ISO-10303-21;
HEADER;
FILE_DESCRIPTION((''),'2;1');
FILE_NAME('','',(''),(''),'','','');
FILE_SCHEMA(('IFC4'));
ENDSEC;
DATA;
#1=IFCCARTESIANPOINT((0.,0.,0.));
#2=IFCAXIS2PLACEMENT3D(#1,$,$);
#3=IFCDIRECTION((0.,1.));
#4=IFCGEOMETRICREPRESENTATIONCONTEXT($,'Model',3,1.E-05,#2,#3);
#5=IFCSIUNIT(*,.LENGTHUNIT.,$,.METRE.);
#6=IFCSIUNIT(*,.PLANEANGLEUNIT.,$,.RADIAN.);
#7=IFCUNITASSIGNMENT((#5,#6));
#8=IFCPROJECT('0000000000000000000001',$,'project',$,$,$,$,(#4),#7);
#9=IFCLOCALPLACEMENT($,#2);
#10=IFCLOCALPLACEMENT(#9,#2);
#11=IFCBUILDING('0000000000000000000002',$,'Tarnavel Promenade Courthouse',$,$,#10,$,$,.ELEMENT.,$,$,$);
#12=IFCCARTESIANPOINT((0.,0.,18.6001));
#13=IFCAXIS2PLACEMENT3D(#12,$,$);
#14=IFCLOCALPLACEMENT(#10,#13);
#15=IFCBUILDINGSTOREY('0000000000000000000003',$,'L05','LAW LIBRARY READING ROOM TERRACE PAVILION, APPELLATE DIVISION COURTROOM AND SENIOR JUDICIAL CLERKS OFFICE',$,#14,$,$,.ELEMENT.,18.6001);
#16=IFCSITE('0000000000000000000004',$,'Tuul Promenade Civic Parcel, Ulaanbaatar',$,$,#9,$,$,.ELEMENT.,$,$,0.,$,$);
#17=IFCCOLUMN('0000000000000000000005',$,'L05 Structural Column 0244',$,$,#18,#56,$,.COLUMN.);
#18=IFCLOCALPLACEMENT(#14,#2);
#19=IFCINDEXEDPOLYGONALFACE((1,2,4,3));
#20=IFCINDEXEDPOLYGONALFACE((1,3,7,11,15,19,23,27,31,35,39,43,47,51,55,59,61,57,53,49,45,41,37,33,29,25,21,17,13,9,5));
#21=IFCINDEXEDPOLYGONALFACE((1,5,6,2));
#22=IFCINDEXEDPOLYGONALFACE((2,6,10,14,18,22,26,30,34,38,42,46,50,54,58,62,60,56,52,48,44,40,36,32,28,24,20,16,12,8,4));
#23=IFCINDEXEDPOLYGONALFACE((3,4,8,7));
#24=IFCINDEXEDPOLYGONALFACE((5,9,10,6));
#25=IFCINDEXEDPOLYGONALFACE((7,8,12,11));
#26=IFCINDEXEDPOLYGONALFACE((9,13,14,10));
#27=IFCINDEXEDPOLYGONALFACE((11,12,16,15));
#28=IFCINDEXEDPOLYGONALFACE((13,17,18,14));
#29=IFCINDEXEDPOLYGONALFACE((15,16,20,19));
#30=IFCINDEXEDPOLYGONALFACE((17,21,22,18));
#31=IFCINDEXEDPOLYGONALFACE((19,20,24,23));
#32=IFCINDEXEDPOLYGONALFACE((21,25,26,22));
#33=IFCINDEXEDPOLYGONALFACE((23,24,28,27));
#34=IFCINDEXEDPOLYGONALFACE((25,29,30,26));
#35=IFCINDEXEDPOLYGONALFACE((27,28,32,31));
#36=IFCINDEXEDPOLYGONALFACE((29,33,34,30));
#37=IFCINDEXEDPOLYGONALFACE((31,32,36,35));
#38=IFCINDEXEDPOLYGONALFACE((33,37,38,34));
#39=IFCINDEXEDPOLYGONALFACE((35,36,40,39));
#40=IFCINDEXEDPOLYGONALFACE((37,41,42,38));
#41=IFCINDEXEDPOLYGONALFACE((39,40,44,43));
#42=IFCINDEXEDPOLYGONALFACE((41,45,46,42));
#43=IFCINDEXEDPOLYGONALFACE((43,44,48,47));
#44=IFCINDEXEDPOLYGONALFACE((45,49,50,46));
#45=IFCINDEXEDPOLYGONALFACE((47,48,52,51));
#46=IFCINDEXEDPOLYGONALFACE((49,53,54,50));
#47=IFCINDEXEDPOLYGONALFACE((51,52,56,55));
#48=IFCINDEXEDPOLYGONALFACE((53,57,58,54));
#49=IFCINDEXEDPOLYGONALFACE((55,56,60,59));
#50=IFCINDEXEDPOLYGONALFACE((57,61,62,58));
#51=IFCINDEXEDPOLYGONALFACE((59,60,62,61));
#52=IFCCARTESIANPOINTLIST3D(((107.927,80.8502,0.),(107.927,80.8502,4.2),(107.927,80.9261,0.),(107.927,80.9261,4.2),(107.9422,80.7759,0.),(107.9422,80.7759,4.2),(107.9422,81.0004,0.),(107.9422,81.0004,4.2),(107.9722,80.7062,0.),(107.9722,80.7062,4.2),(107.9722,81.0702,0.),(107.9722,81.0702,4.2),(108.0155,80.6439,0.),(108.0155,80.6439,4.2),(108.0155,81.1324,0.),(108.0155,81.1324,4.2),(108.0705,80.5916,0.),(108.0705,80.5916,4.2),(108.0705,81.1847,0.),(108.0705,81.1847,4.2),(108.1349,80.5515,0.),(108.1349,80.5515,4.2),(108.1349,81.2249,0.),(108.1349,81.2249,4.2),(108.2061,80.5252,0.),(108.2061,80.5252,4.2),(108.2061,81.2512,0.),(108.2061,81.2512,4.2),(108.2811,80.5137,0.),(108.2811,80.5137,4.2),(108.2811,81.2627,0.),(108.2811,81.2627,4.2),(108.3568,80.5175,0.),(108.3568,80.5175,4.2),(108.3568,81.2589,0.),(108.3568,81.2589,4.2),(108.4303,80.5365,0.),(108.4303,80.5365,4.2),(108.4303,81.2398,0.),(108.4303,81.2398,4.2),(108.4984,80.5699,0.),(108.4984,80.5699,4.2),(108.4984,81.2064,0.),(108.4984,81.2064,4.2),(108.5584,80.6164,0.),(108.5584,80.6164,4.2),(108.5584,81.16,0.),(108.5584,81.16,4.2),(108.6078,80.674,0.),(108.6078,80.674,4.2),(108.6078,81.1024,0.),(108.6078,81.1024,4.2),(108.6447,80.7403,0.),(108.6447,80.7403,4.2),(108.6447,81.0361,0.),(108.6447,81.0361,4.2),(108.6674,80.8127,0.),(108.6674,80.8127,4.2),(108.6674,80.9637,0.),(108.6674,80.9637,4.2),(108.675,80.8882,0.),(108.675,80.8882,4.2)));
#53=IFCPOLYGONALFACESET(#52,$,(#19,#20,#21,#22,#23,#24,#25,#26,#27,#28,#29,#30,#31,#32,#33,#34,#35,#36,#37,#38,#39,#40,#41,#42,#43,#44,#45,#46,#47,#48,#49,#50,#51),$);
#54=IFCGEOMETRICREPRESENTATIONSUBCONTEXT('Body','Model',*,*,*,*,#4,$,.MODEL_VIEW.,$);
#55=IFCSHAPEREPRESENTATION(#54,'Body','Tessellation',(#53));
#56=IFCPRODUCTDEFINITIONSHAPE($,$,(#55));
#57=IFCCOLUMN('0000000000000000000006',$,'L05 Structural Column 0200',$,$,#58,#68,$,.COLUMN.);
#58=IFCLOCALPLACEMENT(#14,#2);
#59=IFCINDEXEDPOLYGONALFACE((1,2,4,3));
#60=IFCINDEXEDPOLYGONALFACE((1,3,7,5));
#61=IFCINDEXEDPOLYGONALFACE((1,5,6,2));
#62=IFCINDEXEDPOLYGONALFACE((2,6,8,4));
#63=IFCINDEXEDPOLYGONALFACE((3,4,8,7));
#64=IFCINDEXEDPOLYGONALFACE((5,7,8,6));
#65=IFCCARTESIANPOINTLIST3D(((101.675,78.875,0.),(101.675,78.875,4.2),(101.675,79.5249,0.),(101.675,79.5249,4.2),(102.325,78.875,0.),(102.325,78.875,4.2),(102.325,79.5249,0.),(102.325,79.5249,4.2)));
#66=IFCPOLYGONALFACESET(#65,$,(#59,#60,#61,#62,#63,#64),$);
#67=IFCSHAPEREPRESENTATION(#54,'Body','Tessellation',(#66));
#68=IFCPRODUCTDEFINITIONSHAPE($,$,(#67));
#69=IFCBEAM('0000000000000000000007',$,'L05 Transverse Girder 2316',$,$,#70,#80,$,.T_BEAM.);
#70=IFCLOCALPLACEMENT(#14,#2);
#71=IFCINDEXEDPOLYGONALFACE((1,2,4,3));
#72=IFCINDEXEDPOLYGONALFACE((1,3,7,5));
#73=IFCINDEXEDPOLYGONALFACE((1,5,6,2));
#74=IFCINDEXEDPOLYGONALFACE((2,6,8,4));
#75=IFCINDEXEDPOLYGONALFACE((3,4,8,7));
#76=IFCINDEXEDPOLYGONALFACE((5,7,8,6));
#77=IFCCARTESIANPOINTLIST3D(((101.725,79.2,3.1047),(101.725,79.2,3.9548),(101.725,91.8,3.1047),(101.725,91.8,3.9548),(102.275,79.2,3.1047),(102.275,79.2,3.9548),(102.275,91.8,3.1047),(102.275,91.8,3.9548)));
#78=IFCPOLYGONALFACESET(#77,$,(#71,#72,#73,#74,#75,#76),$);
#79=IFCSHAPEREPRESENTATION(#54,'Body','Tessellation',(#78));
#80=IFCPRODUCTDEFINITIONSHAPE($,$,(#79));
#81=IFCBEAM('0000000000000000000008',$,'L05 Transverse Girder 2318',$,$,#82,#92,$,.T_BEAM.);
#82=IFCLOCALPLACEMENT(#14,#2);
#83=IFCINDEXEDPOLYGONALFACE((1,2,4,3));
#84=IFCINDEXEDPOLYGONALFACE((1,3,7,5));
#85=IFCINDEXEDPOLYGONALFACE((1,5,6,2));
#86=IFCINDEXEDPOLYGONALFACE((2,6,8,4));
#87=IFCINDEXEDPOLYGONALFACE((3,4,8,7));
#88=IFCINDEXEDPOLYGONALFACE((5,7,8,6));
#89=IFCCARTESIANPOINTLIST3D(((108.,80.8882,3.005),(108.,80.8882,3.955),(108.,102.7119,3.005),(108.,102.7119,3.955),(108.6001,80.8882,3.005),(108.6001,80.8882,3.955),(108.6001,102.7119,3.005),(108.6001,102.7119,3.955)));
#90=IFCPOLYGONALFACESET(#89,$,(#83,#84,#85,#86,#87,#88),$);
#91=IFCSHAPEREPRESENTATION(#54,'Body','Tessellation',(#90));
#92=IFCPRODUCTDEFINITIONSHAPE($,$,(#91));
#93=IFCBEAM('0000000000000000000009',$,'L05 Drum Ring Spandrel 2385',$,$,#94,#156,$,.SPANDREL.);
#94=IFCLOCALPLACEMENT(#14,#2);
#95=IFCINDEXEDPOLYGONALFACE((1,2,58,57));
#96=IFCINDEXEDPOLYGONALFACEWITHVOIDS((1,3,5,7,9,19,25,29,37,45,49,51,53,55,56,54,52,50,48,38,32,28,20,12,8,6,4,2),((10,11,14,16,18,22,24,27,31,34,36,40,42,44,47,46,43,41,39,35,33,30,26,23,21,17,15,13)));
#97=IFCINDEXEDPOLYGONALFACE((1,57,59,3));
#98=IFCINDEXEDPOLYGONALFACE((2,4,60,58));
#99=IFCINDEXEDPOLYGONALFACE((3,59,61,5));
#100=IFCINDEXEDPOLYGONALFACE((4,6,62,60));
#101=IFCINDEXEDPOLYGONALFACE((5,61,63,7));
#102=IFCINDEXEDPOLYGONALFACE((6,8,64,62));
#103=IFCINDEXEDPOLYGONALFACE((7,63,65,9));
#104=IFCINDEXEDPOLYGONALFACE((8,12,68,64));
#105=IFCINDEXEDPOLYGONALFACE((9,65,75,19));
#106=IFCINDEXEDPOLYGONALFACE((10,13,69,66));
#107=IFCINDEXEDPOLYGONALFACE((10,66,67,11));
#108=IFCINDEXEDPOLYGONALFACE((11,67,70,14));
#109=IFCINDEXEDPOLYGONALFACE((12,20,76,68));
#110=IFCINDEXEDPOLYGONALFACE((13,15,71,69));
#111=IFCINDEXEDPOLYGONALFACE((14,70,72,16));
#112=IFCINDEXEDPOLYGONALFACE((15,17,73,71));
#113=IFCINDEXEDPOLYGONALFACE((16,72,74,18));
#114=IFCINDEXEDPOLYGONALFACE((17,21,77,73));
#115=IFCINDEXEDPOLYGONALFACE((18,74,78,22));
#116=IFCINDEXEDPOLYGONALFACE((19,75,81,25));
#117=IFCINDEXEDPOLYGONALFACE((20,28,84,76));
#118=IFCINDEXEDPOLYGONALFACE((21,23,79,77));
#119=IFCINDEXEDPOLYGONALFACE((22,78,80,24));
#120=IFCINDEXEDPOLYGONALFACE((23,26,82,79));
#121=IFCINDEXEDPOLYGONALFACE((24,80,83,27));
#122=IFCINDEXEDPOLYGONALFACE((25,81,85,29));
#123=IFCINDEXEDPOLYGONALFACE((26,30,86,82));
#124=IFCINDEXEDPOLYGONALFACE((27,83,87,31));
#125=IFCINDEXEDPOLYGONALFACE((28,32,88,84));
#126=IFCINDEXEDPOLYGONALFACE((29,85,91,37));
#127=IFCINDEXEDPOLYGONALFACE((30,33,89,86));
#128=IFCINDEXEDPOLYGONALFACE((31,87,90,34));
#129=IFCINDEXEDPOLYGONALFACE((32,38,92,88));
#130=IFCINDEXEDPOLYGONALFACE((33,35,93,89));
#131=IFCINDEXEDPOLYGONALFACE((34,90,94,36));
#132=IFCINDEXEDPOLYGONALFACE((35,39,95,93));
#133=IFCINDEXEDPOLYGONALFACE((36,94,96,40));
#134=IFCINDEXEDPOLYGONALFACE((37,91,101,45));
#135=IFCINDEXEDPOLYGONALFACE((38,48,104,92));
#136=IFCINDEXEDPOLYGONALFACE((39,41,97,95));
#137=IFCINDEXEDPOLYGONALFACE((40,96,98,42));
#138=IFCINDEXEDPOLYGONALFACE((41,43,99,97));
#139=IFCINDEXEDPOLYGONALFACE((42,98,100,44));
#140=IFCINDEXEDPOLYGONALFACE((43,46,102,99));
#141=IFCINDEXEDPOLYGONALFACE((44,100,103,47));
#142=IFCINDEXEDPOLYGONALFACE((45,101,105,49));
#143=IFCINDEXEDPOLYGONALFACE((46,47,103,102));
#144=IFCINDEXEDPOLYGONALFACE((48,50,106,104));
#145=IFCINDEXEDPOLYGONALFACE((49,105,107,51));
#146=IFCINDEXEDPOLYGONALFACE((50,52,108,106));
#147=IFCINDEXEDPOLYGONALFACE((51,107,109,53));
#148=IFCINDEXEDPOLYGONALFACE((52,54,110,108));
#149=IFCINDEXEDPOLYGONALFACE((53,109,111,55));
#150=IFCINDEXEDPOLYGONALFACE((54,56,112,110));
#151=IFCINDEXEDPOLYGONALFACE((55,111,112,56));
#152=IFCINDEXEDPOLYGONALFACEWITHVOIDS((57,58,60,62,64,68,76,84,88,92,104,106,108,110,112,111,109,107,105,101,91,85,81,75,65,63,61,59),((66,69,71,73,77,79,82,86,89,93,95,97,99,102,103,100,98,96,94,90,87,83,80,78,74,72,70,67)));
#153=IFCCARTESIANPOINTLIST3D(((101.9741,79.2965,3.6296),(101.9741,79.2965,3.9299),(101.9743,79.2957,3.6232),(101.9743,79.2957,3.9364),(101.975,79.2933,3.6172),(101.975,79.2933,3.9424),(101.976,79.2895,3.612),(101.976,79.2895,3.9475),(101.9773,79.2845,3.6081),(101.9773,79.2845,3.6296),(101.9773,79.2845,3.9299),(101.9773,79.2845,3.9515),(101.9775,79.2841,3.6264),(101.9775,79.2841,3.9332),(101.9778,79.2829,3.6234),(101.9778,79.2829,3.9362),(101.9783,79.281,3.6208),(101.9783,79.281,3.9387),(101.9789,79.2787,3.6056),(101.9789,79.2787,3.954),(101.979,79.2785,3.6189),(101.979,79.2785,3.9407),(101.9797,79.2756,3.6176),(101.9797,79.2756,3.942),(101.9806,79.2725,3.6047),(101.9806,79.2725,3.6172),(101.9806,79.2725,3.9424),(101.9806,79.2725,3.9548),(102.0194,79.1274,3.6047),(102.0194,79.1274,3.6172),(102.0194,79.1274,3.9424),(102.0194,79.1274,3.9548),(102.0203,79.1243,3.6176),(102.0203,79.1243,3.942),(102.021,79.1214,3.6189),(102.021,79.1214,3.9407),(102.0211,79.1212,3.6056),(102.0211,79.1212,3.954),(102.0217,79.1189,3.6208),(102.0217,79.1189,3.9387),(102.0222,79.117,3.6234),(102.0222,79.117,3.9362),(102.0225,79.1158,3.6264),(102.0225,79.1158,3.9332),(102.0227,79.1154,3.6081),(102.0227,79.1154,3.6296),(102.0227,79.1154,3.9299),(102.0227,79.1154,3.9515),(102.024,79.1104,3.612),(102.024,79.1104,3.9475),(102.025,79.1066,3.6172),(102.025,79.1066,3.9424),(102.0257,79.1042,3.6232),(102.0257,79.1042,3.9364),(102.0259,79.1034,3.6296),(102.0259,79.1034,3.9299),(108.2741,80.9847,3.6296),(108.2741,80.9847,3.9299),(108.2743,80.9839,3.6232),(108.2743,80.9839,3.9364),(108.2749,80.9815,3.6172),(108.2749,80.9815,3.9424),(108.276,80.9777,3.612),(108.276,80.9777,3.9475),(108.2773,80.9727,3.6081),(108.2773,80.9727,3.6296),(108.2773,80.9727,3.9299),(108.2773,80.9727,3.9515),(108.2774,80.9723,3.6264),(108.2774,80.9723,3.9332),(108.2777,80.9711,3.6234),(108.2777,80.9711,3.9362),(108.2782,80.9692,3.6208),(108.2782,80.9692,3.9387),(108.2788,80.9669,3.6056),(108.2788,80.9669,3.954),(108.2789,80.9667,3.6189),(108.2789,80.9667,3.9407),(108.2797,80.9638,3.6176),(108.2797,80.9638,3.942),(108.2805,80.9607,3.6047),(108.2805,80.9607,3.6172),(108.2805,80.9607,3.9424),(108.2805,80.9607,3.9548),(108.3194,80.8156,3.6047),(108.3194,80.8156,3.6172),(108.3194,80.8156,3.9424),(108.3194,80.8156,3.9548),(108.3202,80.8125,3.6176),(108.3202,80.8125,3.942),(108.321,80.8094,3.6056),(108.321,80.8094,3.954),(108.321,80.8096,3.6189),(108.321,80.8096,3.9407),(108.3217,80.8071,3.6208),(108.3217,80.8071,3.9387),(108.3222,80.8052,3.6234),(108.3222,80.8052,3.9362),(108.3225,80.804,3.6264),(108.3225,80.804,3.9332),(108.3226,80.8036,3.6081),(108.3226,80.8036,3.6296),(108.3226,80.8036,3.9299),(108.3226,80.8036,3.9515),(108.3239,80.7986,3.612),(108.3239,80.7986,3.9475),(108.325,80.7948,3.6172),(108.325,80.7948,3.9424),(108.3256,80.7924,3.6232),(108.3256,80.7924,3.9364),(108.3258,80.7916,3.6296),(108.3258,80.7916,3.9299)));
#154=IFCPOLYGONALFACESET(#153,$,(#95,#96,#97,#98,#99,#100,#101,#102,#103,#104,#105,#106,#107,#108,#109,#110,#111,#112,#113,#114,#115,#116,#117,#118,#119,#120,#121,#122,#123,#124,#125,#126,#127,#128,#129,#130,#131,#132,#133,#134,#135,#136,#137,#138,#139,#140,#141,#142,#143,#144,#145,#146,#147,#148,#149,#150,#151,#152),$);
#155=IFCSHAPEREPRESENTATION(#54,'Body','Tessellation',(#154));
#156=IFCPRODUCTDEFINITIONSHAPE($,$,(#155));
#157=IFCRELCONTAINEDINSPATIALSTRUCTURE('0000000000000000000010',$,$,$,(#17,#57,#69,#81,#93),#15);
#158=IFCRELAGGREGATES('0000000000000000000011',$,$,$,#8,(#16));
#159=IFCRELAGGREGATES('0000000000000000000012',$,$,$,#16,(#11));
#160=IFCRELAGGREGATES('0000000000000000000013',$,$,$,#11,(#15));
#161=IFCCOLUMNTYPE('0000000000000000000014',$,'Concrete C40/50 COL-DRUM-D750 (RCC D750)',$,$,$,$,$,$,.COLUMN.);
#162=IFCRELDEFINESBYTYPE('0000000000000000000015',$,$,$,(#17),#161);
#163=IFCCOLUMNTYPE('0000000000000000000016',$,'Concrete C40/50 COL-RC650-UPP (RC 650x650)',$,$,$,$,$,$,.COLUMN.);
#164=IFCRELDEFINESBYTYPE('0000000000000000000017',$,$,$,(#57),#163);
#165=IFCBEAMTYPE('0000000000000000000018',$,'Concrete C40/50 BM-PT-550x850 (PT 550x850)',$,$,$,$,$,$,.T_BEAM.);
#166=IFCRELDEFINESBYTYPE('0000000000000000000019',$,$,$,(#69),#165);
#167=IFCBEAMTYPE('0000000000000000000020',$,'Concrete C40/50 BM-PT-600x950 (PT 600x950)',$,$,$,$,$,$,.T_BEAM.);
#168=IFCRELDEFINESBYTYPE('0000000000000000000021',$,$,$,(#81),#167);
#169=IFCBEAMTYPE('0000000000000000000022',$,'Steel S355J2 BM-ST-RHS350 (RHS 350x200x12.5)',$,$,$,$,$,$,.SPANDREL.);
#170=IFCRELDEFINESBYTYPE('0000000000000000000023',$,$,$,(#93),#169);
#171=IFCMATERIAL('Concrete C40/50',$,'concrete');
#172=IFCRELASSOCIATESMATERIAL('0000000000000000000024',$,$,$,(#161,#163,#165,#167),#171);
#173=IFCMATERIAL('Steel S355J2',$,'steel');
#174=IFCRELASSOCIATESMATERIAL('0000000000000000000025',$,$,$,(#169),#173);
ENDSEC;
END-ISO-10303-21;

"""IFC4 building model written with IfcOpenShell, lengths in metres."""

from ifc_helpers import new_model, si_unit, direction, frame, origin, origin_2d, place, context, subcontext, project, spatial, rectangle, hollow_rectangle, circle, extrude, material, material_profile, profile_set, type_object, element, save


model = new_model("IFC4")

# Units and contexts
model_context = context("Model", 3, precision=1e-05, world=origin(), true_north=direction((0.0, 1.0)))
body_context = subcontext(model_context, "Body", "Model", "MODEL_VIEW")
ifc_project = project(units=[si_unit("LENGTHUNIT", "METRE"), si_unit("PLANEANGLEUNIT", "RADIAN")], contexts=[model_context])

# Site, building, storey
site_placement = place(None, origin())
site = spatial("IfcSite", under=ifc_project, at=site_placement, Name="Tuul Promenade Civic Parcel, Ulaanbaatar", CompositionType="ELEMENT", RefElevation=0.0)
building_placement = place(site_placement, origin())
building = spatial("IfcBuilding", under=site, at=building_placement, Name="Tarnavel Promenade Courthouse", CompositionType="ELEMENT")
storey_placement = place(building_placement, frame((0.0, 0.0, 18.6001)))
storey = spatial("IfcBuildingStorey", under=building, at=storey_placement, Name="L05", Description="LAW LIBRARY READING ROOM TERRACE PAVILION, APPELLATE DIVISION COURTROOM AND SENIOR JUDICIAL CLERKS OFFICE", CompositionType="ELEMENT", Elevation=18.6001)

# Columns
ifc_material_1 = material(Name="Concrete C40/50", Category="concrete")
ifc_material_profile_1 = material_profile(ifc_material_1, circle(Radius=0.375, at=origin_2d()), Name="RCC D750")
ifc_profile_set_1 = profile_set([ifc_material_profile_1], Name="Concrete C40/50")
column_type_1 = type_object("IfcColumnType", Name="Concrete C40/50 COL-DRUM-D750 (RCC D750)", PredefinedType="COLUMN", material=ifc_profile_set_1)
column_1_placement = place(storey_placement, frame((108.3, 80.8882, 0.0), z_axis=(0.0, 0.0, 1.0), x_axis=(1.0, 0.0, 0.0)))
element("IfcColumn", 1, at=column_1_placement, inside=storey, type_object=column_type_1, Name="L05 Structural Column 0244", PredefinedType="COLUMN", context=body_context, shape_type="SweptSolid", body=[
    extrude(circle(Radius=0.375, at=origin_2d()), origin(), (0.0, 0.0, 1.0), 4.2),
])
ifc_material_profile_2 = material_profile(ifc_material_1, rectangle(XDim=0.6499, YDim=0.6499, at=origin_2d()), Name="RC 650x650")
ifc_profile_set_2 = profile_set([ifc_material_profile_2], Name="Concrete C40/50")
column_type_2 = type_object("IfcColumnType", Name="Concrete C40/50 COL-RC650-UPP (RC 650x650)", PredefinedType="COLUMN", material=ifc_profile_set_2)
column_2_placement = place(storey_placement, frame((102.0, 79.2, 0.0), z_axis=(0.0, 0.0, 1.0), x_axis=(1.0, 0.0, 0.0)))
element("IfcColumn", 2, at=column_2_placement, inside=storey, type_object=column_type_2, Name="L05 Structural Column 0200", PredefinedType="COLUMN", context=body_context, shape_type="SweptSolid", body=[
    extrude(rectangle(XDim=0.6499, YDim=0.6499, at=origin_2d()), origin(), (0.0, 0.0, 1.0), 4.2),
])

# Beams
ifc_material_profile_3 = material_profile(ifc_material_1, rectangle(XDim=0.55, YDim=0.8501, at=origin_2d()), Name="PT 550x850")
ifc_profile_set_3 = profile_set([ifc_material_profile_3], Name="Concrete C40/50")
beam_type_1 = type_object("IfcBeamType", Name="Concrete C40/50 BM-PT-550x850 (PT 550x850)", PredefinedType="T_BEAM", material=ifc_profile_set_3)
beam_1_placement = place(storey_placement, frame((102.0, 79.2, 3.5298), z_axis=(0.0, 1.0, 0.0), x_axis=(-1.0, 0.0, 0.0)))
element("IfcBeam", 3, at=beam_1_placement, inside=storey, type_object=beam_type_1, Name="L05 Transverse Girder 2316", PredefinedType="T_BEAM", context=body_context, shape_type="SweptSolid", body=[
    extrude(rectangle(XDim=0.55, YDim=0.8501, at=origin_2d()), origin(), (0.0, 0.0, 1.0), 12.6001),
])
ifc_material_profile_4 = material_profile(ifc_material_1, rectangle(XDim=0.6001, YDim=0.95, at=origin_2d()), Name="PT 600x950")
ifc_profile_set_4 = profile_set([ifc_material_profile_4], Name="Concrete C40/50")
beam_type_2 = type_object("IfcBeamType", Name="Concrete C40/50 BM-PT-600x950 (PT 600x950)", PredefinedType="T_BEAM", material=ifc_profile_set_4)
beam_2_placement = place(storey_placement, frame((108.3, 80.8882, 3.48), z_axis=(0.0, 1.0, 0.0), x_axis=(-1.0, 0.0, 0.0)))
element("IfcBeam", 4, at=beam_2_placement, inside=storey, type_object=beam_type_2, Name="L05 Transverse Girder 2318", PredefinedType="T_BEAM", context=body_context, shape_type="SweptSolid", body=[
    extrude(rectangle(XDim=0.6001, YDim=0.95, at=origin_2d()), origin(), (0.0, 0.0, 1.0), 21.8237),
])
ifc_material_2 = material(Name="Steel S355J2", Category="steel")
ifc_material_profile_5 = material_profile(ifc_material_2, hollow_rectangle(XDim=0.2, YDim=0.3501, WallThickness=0.0125, InnerFilletRadius=0.0125, OuterFilletRadius=0.0249, at=origin_2d()), Name="RHS 350x200x12.5")
ifc_profile_set_5 = profile_set([ifc_material_profile_5], Name="Steel S355J2")
beam_type_3 = type_object("IfcBeamType", Name="Steel S355J2 BM-ST-RHS350 (RHS 350x200x12.5)", PredefinedType="SPANDREL", material=ifc_profile_set_5)
beam_3_placement = place(storey_placement, frame((102.0, 79.2, 3.7798), z_axis=(0.96592, 0.258839, 0.0), x_axis=(-0.258839, 0.96592, 0.0)))
element("IfcBeam", 5, at=beam_3_placement, inside=storey, type_object=beam_type_3, Name="L05 Drum Ring Spandrel 2385", PredefinedType="SPANDREL", context=body_context, shape_type="SweptSolid", body=[
    extrude(hollow_rectangle(XDim=0.2, YDim=0.3501, WallThickness=0.0125, InnerFilletRadius=0.0125, OuterFilletRadius=0.0249, at=origin_2d()), origin(), (0.0, 0.0, 1.0), 6.5222),
])

save(model, "model.ifc")
